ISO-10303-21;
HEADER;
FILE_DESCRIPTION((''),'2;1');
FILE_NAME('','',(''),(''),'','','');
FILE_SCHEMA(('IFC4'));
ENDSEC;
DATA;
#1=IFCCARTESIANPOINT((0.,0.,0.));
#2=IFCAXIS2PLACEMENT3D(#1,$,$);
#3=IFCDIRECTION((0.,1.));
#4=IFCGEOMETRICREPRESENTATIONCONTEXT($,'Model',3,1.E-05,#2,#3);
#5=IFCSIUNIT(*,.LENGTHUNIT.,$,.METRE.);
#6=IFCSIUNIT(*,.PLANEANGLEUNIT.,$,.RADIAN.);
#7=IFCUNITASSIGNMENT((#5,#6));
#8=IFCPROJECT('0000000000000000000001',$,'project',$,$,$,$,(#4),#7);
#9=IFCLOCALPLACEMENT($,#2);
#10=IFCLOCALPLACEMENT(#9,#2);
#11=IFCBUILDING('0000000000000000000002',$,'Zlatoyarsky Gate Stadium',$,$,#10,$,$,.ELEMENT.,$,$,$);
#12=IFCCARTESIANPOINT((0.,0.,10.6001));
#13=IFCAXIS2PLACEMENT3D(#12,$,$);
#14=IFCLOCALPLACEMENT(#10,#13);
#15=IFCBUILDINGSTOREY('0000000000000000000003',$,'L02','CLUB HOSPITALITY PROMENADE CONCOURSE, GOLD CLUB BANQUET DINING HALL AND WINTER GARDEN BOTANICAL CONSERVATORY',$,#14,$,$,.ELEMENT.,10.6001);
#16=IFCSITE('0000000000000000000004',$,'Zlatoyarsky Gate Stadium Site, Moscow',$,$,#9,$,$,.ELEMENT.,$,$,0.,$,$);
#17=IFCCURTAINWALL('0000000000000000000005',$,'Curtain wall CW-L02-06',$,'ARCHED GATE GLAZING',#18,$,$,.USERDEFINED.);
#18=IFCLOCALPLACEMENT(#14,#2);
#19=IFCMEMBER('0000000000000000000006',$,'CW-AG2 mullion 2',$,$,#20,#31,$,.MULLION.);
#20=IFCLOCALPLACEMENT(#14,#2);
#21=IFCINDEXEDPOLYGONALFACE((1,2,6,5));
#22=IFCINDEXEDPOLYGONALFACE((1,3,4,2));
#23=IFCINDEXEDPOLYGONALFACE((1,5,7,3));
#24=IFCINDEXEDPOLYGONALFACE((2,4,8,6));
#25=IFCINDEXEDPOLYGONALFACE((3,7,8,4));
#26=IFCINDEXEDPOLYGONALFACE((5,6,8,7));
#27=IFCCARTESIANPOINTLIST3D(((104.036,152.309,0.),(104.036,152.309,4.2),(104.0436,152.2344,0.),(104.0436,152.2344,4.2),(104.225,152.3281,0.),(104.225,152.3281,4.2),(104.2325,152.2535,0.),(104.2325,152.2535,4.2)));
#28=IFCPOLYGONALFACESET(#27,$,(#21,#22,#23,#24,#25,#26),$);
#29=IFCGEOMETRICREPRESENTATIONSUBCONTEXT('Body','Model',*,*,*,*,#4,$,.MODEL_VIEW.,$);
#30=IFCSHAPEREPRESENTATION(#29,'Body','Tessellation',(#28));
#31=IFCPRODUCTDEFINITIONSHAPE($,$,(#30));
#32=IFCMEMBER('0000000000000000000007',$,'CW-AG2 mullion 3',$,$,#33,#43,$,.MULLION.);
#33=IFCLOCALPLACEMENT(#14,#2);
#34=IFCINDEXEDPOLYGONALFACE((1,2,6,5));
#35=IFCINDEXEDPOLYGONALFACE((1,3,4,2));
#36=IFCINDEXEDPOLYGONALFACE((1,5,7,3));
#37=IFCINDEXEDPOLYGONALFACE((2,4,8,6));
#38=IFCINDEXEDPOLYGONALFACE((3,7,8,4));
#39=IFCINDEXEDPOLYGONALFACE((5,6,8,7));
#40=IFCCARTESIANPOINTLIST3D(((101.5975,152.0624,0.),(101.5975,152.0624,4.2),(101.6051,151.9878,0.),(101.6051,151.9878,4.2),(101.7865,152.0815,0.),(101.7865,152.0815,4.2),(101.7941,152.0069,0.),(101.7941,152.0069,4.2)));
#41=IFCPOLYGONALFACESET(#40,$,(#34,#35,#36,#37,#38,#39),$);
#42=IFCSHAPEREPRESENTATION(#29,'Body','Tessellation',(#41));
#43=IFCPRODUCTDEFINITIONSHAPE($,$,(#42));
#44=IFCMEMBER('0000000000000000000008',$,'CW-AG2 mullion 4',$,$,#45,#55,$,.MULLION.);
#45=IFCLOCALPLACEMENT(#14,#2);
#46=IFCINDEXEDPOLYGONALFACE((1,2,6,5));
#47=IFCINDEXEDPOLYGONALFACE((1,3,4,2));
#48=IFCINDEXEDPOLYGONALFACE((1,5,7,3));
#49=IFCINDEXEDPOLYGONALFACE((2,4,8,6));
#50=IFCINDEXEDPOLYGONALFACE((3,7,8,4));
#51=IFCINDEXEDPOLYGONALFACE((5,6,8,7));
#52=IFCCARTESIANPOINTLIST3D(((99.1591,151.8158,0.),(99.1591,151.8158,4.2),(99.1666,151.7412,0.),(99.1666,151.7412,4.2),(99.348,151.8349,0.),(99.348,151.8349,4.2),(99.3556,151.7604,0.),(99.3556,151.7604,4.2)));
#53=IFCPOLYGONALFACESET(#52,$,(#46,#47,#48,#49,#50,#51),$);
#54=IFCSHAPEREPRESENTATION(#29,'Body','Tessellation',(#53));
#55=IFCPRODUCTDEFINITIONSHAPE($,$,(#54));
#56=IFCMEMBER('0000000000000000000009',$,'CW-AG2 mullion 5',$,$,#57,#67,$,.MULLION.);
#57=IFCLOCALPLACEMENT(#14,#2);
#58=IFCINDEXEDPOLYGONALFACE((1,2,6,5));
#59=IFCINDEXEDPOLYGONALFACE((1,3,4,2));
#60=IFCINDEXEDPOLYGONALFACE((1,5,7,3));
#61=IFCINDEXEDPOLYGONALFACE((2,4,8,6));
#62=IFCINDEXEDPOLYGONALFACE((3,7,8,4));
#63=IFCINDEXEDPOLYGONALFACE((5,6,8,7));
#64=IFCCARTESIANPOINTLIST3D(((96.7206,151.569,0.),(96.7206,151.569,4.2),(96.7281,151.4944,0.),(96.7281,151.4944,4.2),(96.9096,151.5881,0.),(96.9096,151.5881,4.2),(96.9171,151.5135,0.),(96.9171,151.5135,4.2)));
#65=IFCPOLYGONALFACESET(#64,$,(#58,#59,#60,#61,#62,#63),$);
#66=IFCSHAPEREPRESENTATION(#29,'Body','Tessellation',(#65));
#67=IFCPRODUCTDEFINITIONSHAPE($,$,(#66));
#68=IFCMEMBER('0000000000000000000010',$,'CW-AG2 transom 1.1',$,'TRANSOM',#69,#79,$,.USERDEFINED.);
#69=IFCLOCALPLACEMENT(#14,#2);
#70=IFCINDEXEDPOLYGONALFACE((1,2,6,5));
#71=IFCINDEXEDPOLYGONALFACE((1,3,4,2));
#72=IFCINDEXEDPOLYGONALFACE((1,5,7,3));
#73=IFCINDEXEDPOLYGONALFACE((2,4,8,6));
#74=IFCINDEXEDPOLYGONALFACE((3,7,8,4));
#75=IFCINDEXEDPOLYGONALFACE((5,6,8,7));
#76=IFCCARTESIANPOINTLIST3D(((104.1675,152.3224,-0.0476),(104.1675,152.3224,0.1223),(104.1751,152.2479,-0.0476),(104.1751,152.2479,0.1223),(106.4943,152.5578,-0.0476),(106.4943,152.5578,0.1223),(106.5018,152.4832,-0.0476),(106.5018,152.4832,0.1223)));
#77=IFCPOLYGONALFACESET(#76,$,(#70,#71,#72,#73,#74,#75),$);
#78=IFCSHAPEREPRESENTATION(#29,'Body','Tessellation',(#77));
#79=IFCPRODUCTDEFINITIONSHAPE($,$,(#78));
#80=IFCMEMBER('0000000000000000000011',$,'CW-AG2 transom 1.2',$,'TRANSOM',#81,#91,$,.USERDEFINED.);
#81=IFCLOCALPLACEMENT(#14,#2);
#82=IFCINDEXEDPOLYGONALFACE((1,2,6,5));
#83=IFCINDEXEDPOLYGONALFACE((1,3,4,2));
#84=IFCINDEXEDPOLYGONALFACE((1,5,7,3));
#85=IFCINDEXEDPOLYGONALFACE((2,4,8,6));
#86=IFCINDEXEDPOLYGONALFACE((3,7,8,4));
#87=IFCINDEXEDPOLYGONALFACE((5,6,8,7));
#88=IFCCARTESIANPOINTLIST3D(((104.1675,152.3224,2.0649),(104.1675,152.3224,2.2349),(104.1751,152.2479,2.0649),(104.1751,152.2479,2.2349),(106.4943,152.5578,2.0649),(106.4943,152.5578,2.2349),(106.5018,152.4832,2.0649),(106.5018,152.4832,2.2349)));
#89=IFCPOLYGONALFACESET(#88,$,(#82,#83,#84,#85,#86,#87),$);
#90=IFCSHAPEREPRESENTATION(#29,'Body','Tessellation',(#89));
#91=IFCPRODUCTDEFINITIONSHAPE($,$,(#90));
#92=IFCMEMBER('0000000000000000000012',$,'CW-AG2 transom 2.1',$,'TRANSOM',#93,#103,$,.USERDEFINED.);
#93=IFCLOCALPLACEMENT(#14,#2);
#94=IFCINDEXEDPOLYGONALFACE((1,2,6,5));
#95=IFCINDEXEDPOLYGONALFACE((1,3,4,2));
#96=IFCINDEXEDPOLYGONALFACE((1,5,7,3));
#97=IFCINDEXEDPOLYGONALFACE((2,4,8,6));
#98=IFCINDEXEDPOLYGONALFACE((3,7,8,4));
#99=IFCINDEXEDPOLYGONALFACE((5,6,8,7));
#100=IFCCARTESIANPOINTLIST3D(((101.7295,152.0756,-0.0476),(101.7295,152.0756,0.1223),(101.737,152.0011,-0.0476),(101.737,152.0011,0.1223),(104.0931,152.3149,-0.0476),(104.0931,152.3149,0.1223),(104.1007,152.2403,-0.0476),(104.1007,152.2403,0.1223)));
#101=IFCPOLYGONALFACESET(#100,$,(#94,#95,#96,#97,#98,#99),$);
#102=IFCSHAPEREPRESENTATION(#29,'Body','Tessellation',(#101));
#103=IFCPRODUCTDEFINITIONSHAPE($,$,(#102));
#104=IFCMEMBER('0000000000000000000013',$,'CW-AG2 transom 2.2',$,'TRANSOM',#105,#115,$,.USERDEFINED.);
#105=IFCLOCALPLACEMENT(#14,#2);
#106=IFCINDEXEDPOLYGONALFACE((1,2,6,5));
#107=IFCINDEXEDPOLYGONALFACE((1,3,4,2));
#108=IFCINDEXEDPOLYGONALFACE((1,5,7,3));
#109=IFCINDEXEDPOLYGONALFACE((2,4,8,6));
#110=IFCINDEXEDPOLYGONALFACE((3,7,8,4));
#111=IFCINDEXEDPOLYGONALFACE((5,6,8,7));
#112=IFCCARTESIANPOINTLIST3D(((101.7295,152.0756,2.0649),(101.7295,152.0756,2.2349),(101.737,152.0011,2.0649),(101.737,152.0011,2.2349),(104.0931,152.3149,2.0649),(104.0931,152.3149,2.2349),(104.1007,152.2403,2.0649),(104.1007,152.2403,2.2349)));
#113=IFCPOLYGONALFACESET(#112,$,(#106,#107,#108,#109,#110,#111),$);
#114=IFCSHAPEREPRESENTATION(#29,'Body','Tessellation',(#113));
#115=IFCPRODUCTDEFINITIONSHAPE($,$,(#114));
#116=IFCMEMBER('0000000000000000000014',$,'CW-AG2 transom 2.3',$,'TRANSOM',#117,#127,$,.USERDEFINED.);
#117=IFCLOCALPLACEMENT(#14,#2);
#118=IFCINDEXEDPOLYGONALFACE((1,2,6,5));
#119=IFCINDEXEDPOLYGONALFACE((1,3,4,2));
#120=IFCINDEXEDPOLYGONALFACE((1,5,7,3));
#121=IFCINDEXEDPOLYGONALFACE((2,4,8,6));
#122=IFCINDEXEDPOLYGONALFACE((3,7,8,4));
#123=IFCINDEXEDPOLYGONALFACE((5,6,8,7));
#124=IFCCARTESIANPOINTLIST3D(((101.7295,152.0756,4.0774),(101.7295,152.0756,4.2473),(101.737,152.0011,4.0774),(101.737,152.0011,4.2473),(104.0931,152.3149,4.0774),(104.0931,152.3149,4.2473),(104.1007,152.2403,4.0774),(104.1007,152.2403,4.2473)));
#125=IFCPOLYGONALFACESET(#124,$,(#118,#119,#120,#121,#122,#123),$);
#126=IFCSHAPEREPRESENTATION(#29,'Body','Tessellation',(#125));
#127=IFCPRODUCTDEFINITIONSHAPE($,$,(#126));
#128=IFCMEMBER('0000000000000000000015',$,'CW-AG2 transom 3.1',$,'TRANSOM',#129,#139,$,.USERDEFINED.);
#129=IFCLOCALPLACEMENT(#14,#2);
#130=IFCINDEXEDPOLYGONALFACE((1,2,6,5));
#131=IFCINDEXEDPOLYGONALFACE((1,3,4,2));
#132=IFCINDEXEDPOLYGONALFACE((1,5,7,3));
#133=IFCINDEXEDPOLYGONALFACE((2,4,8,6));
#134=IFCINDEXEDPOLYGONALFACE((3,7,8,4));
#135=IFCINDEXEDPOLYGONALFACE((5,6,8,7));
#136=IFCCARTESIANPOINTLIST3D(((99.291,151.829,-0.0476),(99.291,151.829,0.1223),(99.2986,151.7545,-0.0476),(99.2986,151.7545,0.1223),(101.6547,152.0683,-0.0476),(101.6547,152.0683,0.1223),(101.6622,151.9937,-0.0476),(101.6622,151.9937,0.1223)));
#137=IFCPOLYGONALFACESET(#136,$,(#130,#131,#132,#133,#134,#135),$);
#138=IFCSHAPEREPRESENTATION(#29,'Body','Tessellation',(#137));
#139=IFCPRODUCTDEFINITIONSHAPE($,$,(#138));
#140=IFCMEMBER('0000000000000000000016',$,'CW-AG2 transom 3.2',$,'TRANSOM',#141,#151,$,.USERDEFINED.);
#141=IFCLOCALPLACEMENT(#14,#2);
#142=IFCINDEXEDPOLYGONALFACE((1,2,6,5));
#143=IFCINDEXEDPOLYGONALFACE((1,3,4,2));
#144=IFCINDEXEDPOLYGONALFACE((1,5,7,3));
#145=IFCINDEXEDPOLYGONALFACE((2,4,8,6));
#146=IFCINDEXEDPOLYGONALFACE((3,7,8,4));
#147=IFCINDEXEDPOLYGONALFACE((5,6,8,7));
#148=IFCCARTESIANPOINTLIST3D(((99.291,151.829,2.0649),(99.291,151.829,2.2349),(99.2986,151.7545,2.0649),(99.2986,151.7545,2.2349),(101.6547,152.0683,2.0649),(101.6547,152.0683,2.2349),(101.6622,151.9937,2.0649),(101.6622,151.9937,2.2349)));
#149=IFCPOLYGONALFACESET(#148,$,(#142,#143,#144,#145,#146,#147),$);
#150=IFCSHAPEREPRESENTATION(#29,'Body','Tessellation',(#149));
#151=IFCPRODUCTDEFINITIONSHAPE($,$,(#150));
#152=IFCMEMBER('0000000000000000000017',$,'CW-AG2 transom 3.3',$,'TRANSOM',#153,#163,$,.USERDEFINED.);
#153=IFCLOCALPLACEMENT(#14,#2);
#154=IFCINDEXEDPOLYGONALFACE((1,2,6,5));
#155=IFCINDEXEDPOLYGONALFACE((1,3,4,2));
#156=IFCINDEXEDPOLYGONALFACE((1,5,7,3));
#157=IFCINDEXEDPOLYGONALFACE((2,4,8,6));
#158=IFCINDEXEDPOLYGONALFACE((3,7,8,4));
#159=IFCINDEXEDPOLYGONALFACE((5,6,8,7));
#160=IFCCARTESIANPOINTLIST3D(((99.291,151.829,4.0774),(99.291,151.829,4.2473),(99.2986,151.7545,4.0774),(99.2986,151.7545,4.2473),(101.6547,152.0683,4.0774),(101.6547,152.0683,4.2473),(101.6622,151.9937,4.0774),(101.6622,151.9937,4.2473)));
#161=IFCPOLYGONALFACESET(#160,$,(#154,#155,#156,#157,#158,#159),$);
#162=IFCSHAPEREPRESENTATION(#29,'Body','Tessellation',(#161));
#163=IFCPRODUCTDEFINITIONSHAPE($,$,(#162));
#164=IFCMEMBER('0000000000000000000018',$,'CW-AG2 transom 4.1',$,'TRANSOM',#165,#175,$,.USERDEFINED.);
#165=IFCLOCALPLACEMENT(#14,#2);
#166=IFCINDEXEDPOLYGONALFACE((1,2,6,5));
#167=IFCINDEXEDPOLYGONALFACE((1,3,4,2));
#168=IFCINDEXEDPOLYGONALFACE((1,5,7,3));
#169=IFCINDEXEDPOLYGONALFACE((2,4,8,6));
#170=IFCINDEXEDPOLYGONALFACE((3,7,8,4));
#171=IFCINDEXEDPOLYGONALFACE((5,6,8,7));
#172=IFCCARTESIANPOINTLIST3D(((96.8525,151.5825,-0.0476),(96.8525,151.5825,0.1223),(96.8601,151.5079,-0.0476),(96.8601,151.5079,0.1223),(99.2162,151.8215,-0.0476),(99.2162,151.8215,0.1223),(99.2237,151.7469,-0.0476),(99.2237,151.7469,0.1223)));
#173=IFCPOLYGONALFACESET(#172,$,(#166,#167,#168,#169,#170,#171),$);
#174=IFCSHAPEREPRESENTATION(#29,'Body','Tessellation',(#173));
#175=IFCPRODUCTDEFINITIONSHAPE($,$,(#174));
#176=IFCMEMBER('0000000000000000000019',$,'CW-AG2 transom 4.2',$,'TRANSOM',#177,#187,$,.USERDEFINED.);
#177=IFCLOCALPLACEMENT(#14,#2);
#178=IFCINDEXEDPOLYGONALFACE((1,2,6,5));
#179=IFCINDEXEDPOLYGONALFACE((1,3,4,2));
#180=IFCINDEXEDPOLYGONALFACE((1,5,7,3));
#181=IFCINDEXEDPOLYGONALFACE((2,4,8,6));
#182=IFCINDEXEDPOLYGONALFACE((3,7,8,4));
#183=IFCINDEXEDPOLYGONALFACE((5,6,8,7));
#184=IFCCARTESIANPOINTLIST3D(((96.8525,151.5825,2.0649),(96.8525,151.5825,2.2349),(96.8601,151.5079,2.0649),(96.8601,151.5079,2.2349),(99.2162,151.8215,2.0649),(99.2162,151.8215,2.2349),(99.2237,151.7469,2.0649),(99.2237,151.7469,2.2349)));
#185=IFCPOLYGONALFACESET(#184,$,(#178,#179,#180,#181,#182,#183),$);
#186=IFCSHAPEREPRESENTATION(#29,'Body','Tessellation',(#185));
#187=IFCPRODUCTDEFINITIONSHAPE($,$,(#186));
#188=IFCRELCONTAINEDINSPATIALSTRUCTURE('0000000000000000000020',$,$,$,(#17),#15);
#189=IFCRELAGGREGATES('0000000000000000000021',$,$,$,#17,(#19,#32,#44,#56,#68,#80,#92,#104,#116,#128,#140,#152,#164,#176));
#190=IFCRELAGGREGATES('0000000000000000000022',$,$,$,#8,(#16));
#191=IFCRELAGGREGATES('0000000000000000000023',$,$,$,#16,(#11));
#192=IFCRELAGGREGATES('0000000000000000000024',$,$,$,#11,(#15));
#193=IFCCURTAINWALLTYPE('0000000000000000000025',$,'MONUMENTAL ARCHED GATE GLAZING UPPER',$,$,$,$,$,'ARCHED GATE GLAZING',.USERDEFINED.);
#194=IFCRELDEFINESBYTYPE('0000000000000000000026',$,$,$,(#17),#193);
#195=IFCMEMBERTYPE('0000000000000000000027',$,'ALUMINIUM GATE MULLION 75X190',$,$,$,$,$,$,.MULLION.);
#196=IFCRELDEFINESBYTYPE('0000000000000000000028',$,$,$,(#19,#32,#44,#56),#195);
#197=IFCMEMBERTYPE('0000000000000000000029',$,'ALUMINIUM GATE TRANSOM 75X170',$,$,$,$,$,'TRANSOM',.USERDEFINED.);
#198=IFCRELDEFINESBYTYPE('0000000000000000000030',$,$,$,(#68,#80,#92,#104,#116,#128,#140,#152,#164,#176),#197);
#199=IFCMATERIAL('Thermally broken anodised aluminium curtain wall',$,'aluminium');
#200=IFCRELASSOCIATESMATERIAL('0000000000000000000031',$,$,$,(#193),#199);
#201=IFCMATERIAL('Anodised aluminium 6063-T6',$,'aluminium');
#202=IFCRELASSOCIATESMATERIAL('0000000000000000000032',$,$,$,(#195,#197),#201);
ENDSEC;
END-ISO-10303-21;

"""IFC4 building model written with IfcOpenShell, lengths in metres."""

from ifc_helpers import new_model, si_unit, direction, frame, origin, origin_2d, place, context, subcontext, project, spatial, rectangle, extrude, material, material_profile, profile_set, type_object, element, aggregate, save


model = new_model("IFC4")

# Units and contexts
model_context = context("Model", 3, precision=1e-05, world=origin(), true_north=direction((0.0, 1.0)))
body_context = subcontext(model_context, "Body", "Model", "MODEL_VIEW")
ifc_project = project(units=[si_unit("LENGTHUNIT", "METRE"), si_unit("PLANEANGLEUNIT", "RADIAN")], contexts=[model_context])

# Site, building, storey
site_placement = place(None, origin())
site = spatial("IfcSite", under=ifc_project, at=site_placement, Name="Zlatoyarsky Gate Stadium Site, Moscow", CompositionType="ELEMENT", RefElevation=0.0)
building_placement = place(site_placement, origin())
building = spatial("IfcBuilding", under=site, at=building_placement, Name="Zlatoyarsky Gate Stadium", CompositionType="ELEMENT")
storey_placement = place(building_placement, frame((0.0, 0.0, 10.6001)))
storey = spatial("IfcBuildingStorey", under=building, at=storey_placement, Name="L02", Description="CLUB HOSPITALITY PROMENADE CONCOURSE, GOLD CLUB BANQUET DINING HALL AND WINTER GARDEN BOTANICAL CONSERVATORY", CompositionType="ELEMENT", Elevation=10.6001)

# Curtain wall, members
ifc_material_1 = material(Name="Thermally broken anodised aluminium curtain wall", Category="aluminium")
curtain_wall_type = type_object("IfcCurtainWallType", Name="MONUMENTAL ARCHED GATE GLAZING UPPER", ElementType="ARCHED GATE GLAZING", PredefinedType="USERDEFINED", material=ifc_material_1)
curtain_wall_placement = place(storey_placement, origin())
curtain_wall = element("IfcCurtainWall", 1, at=curtain_wall_placement, inside=storey, type_object=curtain_wall_type, Name="Curtain wall CW-L02-06", ObjectType="ARCHED GATE GLAZING", PredefinedType="USERDEFINED")
ifc_material_2 = material(Name="Anodised aluminium 6063-T6", Category="aluminium")
ifc_material_profile_1 = material_profile(ifc_material_2, rectangle(XDim=0.075, YDim=0.1899, at=origin_2d()), Name="ALU 75X190")
ifc_profile_set_1 = profile_set([ifc_material_profile_1], Name="Anodised aluminium 6063-T6")
member_type_1 = type_object("IfcMemberType", Name="ALUMINIUM GATE MULLION 75X190", PredefinedType="MULLION", material=ifc_profile_set_1)
member_1_placement = place(storey_placement, frame((104.1343, 152.2812, 0.0), z_axis=(0.0, 0.0, 1.0), x_axis=(0.100642, -0.994923, 0.0)))
member_1 = element("IfcMember", 2, at=member_1_placement, type_object=member_type_1, Name="CW-AG2 mullion 2", PredefinedType="MULLION", context=body_context, shape_type="SweptSolid", body=[
    extrude(rectangle(XDim=0.075, YDim=0.1899, at=origin_2d()), origin(), (0.0, 0.0, 1.0), 4.2),
])
member_2_placement = place(storey_placement, frame((101.6958, 152.0347, 0.0), z_axis=(0.0, 0.0, 1.0), x_axis=(0.100642, -0.994923, 0.0)))
member_2 = element("IfcMember", 3, at=member_2_placement, type_object=member_type_1, Name="CW-AG2 mullion 3", PredefinedType="MULLION", context=body_context, shape_type="SweptSolid", body=[
    extrude(rectangle(XDim=0.075, YDim=0.1899, at=origin_2d()), origin(), (0.0, 0.0, 1.0), 4.2),
])
member_3_placement = place(storey_placement, frame((99.2573, 151.7881, 0.0), z_axis=(0.0, 0.0, 1.0), x_axis=(0.100642, -0.994923, 0.0)))
member_3 = element("IfcMember", 4, at=member_3_placement, type_object=member_type_1, Name="CW-AG2 mullion 4", PredefinedType="MULLION", context=body_context, shape_type="SweptSolid", body=[
    extrude(rectangle(XDim=0.075, YDim=0.1899, at=origin_2d()), origin(), (0.0, 0.0, 1.0), 4.2),
])
member_4_placement = place(storey_placement, frame((96.8188, 151.5413, 0.0), z_axis=(0.0, 0.0, 1.0), x_axis=(0.100642, -0.994923, 0.0)))
member_4 = element("IfcMember", 5, at=member_4_placement, type_object=member_type_1, Name="CW-AG2 mullion 5", PredefinedType="MULLION", context=body_context, shape_type="SweptSolid", body=[
    extrude(rectangle(XDim=0.075, YDim=0.1899, at=origin_2d()), origin(), (0.0, 0.0, 1.0), 4.2),
])
ifc_material_profile_2 = material_profile(ifc_material_2, rectangle(XDim=0.075, YDim=0.1699, at=origin_2d()), Name="ALU 75X170")
ifc_profile_set_2 = profile_set([ifc_material_profile_2], Name="Anodised aluminium 6063-T6")
member_type_2 = type_object("IfcMemberType", Name="ALUMINIUM GATE TRANSOM 75X170", ElementType="TRANSOM", PredefinedType="USERDEFINED", material=ifc_profile_set_2)
member_5_placement = place(storey_placement, frame((106.498, 152.5205, 0.0374), z_axis=(-0.994923, -0.100641, 0.0), x_axis=(0.100641, -0.994923, 0.0)))
member_5 = element("IfcMember", 6, at=member_5_placement, type_object=member_type_2, Name="CW-AG2 transom 1.1", ObjectType="TRANSOM", PredefinedType="USERDEFINED", context=body_context, shape_type="SweptSolid", body=[
    extrude(rectangle(XDim=0.075, YDim=0.1699, at=origin_2d()), origin(), (0.0, 0.0, 1.0), 2.3386),
])
member_6_placement = place(storey_placement, frame((106.498, 152.5205, 2.1499), z_axis=(-0.994923, -0.100641, 0.0), x_axis=(0.100641, -0.994923, 0.0)))
member_6 = element("IfcMember", 7, at=member_6_placement, type_object=member_type_2, Name="CW-AG2 transom 1.2", ObjectType="TRANSOM", PredefinedType="USERDEFINED", context=body_context, shape_type="SweptSolid", body=[
    extrude(rectangle(XDim=0.075, YDim=0.1699, at=origin_2d()), origin(), (0.0, 0.0, 1.0), 2.3386),
])
member_7_placement = place(storey_placement, frame((104.0969, 152.2776, 0.0374), z_axis=(-0.994916, -0.100704, 0.0), x_axis=(0.100704, -0.994916, 0.0)))
member_7 = element("IfcMember", 8, at=member_7_placement, type_object=member_type_2, Name="CW-AG2 transom 2.1", ObjectType="TRANSOM", PredefinedType="USERDEFINED", context=body_context, shape_type="SweptSolid", body=[
    extrude(rectangle(XDim=0.075, YDim=0.1699, at=origin_2d()), origin(), (0.0, 0.0, 1.0), 2.3757),
])
member_8_placement = place(storey_placement, frame((104.0969, 152.2776, 2.1499), z_axis=(-0.994916, -0.100704, 0.0), x_axis=(0.100704, -0.994916, 0.0)))
member_8 = element("IfcMember", 9, at=member_8_placement, type_object=member_type_2, Name="CW-AG2 transom 2.2", ObjectType="TRANSOM", PredefinedType="USERDEFINED", context=body_context, shape_type="SweptSolid", body=[
    extrude(rectangle(XDim=0.075, YDim=0.1699, at=origin_2d()), origin(), (0.0, 0.0, 1.0), 2.3757),
])
member_9_placement = place(storey_placement, frame((104.0969, 152.2776, 4.1624), z_axis=(-0.994916, -0.100704, 0.0), x_axis=(0.100704, -0.994916, 0.0)))
member_9 = element("IfcMember", 10, at=member_9_placement, type_object=member_type_2, Name="CW-AG2 transom 2.3", ObjectType="TRANSOM", PredefinedType="USERDEFINED", context=body_context, shape_type="SweptSolid", body=[
    extrude(rectangle(XDim=0.075, YDim=0.1699, at=origin_2d()), origin(), (0.0, 0.0, 1.0), 2.3757),
])
member_10_placement = place(storey_placement, frame((101.6584, 152.031, 0.0374), z_axis=(-0.994916, -0.100704, 0.0), x_axis=(0.100704, -0.994916, 0.0)))
member_10 = element("IfcMember", 11, at=member_10_placement, type_object=member_type_2, Name="CW-AG2 transom 3.1", ObjectType="TRANSOM", PredefinedType="USERDEFINED", context=body_context, shape_type="SweptSolid", body=[
    extrude(rectangle(XDim=0.075, YDim=0.1699, at=origin_2d()), origin(), (0.0, 0.0, 1.0), 2.3757),
])
member_11_placement = place(storey_placement, frame((101.6584, 152.031, 2.1499), z_axis=(-0.994916, -0.100704, 0.0), x_axis=(0.100704, -0.994916, 0.0)))
member_11 = element("IfcMember", 12, at=member_11_placement, type_object=member_type_2, Name="CW-AG2 transom 3.2", ObjectType="TRANSOM", PredefinedType="USERDEFINED", context=body_context, shape_type="SweptSolid", body=[
    extrude(rectangle(XDim=0.075, YDim=0.1699, at=origin_2d()), origin(), (0.0, 0.0, 1.0), 2.3757),
])
member_12_placement = place(storey_placement, frame((101.6584, 152.031, 4.1624), z_axis=(-0.994916, -0.100704, 0.0), x_axis=(0.100704, -0.994916, 0.0)))
member_12 = element("IfcMember", 13, at=member_12_placement, type_object=member_type_2, Name="CW-AG2 transom 3.3", ObjectType="TRANSOM", PredefinedType="USERDEFINED", context=body_context, shape_type="SweptSolid", body=[
    extrude(rectangle(XDim=0.075, YDim=0.1699, at=origin_2d()), origin(), (0.0, 0.0, 1.0), 2.3757),
])
member_13_placement = place(storey_placement, frame((99.22, 151.7842, 0.0374), z_axis=(-0.994927, -0.100602, 0.0), x_axis=(0.100602, -0.994927, 0.0)))
member_13 = element("IfcMember", 14, at=member_13_placement, type_object=member_type_2, Name="CW-AG2 transom 4.1", ObjectType="TRANSOM", PredefinedType="USERDEFINED", context=body_context, shape_type="SweptSolid", body=[
    extrude(rectangle(XDim=0.075, YDim=0.1699, at=origin_2d()), origin(), (0.0, 0.0, 1.0), 2.3757),
])
member_14_placement = place(storey_placement, frame((99.22, 151.7842, 2.1499), z_axis=(-0.994927, -0.100602, 0.0), x_axis=(0.100602, -0.994927, 0.0)))
member_14 = element("IfcMember", 15, at=member_14_placement, type_object=member_type_2, Name="CW-AG2 transom 4.2", ObjectType="TRANSOM", PredefinedType="USERDEFINED", context=body_context, shape_type="SweptSolid", body=[
    extrude(rectangle(XDim=0.075, YDim=0.1699, at=origin_2d()), origin(), (0.0, 0.0, 1.0), 2.3757),
])
aggregate(curtain_wall, [member_1, member_2, member_3, member_4, member_5, member_6, member_7, member_8, member_9, member_10, member_11, member_12, member_13, member_14])

save(model, "model.ifc")
